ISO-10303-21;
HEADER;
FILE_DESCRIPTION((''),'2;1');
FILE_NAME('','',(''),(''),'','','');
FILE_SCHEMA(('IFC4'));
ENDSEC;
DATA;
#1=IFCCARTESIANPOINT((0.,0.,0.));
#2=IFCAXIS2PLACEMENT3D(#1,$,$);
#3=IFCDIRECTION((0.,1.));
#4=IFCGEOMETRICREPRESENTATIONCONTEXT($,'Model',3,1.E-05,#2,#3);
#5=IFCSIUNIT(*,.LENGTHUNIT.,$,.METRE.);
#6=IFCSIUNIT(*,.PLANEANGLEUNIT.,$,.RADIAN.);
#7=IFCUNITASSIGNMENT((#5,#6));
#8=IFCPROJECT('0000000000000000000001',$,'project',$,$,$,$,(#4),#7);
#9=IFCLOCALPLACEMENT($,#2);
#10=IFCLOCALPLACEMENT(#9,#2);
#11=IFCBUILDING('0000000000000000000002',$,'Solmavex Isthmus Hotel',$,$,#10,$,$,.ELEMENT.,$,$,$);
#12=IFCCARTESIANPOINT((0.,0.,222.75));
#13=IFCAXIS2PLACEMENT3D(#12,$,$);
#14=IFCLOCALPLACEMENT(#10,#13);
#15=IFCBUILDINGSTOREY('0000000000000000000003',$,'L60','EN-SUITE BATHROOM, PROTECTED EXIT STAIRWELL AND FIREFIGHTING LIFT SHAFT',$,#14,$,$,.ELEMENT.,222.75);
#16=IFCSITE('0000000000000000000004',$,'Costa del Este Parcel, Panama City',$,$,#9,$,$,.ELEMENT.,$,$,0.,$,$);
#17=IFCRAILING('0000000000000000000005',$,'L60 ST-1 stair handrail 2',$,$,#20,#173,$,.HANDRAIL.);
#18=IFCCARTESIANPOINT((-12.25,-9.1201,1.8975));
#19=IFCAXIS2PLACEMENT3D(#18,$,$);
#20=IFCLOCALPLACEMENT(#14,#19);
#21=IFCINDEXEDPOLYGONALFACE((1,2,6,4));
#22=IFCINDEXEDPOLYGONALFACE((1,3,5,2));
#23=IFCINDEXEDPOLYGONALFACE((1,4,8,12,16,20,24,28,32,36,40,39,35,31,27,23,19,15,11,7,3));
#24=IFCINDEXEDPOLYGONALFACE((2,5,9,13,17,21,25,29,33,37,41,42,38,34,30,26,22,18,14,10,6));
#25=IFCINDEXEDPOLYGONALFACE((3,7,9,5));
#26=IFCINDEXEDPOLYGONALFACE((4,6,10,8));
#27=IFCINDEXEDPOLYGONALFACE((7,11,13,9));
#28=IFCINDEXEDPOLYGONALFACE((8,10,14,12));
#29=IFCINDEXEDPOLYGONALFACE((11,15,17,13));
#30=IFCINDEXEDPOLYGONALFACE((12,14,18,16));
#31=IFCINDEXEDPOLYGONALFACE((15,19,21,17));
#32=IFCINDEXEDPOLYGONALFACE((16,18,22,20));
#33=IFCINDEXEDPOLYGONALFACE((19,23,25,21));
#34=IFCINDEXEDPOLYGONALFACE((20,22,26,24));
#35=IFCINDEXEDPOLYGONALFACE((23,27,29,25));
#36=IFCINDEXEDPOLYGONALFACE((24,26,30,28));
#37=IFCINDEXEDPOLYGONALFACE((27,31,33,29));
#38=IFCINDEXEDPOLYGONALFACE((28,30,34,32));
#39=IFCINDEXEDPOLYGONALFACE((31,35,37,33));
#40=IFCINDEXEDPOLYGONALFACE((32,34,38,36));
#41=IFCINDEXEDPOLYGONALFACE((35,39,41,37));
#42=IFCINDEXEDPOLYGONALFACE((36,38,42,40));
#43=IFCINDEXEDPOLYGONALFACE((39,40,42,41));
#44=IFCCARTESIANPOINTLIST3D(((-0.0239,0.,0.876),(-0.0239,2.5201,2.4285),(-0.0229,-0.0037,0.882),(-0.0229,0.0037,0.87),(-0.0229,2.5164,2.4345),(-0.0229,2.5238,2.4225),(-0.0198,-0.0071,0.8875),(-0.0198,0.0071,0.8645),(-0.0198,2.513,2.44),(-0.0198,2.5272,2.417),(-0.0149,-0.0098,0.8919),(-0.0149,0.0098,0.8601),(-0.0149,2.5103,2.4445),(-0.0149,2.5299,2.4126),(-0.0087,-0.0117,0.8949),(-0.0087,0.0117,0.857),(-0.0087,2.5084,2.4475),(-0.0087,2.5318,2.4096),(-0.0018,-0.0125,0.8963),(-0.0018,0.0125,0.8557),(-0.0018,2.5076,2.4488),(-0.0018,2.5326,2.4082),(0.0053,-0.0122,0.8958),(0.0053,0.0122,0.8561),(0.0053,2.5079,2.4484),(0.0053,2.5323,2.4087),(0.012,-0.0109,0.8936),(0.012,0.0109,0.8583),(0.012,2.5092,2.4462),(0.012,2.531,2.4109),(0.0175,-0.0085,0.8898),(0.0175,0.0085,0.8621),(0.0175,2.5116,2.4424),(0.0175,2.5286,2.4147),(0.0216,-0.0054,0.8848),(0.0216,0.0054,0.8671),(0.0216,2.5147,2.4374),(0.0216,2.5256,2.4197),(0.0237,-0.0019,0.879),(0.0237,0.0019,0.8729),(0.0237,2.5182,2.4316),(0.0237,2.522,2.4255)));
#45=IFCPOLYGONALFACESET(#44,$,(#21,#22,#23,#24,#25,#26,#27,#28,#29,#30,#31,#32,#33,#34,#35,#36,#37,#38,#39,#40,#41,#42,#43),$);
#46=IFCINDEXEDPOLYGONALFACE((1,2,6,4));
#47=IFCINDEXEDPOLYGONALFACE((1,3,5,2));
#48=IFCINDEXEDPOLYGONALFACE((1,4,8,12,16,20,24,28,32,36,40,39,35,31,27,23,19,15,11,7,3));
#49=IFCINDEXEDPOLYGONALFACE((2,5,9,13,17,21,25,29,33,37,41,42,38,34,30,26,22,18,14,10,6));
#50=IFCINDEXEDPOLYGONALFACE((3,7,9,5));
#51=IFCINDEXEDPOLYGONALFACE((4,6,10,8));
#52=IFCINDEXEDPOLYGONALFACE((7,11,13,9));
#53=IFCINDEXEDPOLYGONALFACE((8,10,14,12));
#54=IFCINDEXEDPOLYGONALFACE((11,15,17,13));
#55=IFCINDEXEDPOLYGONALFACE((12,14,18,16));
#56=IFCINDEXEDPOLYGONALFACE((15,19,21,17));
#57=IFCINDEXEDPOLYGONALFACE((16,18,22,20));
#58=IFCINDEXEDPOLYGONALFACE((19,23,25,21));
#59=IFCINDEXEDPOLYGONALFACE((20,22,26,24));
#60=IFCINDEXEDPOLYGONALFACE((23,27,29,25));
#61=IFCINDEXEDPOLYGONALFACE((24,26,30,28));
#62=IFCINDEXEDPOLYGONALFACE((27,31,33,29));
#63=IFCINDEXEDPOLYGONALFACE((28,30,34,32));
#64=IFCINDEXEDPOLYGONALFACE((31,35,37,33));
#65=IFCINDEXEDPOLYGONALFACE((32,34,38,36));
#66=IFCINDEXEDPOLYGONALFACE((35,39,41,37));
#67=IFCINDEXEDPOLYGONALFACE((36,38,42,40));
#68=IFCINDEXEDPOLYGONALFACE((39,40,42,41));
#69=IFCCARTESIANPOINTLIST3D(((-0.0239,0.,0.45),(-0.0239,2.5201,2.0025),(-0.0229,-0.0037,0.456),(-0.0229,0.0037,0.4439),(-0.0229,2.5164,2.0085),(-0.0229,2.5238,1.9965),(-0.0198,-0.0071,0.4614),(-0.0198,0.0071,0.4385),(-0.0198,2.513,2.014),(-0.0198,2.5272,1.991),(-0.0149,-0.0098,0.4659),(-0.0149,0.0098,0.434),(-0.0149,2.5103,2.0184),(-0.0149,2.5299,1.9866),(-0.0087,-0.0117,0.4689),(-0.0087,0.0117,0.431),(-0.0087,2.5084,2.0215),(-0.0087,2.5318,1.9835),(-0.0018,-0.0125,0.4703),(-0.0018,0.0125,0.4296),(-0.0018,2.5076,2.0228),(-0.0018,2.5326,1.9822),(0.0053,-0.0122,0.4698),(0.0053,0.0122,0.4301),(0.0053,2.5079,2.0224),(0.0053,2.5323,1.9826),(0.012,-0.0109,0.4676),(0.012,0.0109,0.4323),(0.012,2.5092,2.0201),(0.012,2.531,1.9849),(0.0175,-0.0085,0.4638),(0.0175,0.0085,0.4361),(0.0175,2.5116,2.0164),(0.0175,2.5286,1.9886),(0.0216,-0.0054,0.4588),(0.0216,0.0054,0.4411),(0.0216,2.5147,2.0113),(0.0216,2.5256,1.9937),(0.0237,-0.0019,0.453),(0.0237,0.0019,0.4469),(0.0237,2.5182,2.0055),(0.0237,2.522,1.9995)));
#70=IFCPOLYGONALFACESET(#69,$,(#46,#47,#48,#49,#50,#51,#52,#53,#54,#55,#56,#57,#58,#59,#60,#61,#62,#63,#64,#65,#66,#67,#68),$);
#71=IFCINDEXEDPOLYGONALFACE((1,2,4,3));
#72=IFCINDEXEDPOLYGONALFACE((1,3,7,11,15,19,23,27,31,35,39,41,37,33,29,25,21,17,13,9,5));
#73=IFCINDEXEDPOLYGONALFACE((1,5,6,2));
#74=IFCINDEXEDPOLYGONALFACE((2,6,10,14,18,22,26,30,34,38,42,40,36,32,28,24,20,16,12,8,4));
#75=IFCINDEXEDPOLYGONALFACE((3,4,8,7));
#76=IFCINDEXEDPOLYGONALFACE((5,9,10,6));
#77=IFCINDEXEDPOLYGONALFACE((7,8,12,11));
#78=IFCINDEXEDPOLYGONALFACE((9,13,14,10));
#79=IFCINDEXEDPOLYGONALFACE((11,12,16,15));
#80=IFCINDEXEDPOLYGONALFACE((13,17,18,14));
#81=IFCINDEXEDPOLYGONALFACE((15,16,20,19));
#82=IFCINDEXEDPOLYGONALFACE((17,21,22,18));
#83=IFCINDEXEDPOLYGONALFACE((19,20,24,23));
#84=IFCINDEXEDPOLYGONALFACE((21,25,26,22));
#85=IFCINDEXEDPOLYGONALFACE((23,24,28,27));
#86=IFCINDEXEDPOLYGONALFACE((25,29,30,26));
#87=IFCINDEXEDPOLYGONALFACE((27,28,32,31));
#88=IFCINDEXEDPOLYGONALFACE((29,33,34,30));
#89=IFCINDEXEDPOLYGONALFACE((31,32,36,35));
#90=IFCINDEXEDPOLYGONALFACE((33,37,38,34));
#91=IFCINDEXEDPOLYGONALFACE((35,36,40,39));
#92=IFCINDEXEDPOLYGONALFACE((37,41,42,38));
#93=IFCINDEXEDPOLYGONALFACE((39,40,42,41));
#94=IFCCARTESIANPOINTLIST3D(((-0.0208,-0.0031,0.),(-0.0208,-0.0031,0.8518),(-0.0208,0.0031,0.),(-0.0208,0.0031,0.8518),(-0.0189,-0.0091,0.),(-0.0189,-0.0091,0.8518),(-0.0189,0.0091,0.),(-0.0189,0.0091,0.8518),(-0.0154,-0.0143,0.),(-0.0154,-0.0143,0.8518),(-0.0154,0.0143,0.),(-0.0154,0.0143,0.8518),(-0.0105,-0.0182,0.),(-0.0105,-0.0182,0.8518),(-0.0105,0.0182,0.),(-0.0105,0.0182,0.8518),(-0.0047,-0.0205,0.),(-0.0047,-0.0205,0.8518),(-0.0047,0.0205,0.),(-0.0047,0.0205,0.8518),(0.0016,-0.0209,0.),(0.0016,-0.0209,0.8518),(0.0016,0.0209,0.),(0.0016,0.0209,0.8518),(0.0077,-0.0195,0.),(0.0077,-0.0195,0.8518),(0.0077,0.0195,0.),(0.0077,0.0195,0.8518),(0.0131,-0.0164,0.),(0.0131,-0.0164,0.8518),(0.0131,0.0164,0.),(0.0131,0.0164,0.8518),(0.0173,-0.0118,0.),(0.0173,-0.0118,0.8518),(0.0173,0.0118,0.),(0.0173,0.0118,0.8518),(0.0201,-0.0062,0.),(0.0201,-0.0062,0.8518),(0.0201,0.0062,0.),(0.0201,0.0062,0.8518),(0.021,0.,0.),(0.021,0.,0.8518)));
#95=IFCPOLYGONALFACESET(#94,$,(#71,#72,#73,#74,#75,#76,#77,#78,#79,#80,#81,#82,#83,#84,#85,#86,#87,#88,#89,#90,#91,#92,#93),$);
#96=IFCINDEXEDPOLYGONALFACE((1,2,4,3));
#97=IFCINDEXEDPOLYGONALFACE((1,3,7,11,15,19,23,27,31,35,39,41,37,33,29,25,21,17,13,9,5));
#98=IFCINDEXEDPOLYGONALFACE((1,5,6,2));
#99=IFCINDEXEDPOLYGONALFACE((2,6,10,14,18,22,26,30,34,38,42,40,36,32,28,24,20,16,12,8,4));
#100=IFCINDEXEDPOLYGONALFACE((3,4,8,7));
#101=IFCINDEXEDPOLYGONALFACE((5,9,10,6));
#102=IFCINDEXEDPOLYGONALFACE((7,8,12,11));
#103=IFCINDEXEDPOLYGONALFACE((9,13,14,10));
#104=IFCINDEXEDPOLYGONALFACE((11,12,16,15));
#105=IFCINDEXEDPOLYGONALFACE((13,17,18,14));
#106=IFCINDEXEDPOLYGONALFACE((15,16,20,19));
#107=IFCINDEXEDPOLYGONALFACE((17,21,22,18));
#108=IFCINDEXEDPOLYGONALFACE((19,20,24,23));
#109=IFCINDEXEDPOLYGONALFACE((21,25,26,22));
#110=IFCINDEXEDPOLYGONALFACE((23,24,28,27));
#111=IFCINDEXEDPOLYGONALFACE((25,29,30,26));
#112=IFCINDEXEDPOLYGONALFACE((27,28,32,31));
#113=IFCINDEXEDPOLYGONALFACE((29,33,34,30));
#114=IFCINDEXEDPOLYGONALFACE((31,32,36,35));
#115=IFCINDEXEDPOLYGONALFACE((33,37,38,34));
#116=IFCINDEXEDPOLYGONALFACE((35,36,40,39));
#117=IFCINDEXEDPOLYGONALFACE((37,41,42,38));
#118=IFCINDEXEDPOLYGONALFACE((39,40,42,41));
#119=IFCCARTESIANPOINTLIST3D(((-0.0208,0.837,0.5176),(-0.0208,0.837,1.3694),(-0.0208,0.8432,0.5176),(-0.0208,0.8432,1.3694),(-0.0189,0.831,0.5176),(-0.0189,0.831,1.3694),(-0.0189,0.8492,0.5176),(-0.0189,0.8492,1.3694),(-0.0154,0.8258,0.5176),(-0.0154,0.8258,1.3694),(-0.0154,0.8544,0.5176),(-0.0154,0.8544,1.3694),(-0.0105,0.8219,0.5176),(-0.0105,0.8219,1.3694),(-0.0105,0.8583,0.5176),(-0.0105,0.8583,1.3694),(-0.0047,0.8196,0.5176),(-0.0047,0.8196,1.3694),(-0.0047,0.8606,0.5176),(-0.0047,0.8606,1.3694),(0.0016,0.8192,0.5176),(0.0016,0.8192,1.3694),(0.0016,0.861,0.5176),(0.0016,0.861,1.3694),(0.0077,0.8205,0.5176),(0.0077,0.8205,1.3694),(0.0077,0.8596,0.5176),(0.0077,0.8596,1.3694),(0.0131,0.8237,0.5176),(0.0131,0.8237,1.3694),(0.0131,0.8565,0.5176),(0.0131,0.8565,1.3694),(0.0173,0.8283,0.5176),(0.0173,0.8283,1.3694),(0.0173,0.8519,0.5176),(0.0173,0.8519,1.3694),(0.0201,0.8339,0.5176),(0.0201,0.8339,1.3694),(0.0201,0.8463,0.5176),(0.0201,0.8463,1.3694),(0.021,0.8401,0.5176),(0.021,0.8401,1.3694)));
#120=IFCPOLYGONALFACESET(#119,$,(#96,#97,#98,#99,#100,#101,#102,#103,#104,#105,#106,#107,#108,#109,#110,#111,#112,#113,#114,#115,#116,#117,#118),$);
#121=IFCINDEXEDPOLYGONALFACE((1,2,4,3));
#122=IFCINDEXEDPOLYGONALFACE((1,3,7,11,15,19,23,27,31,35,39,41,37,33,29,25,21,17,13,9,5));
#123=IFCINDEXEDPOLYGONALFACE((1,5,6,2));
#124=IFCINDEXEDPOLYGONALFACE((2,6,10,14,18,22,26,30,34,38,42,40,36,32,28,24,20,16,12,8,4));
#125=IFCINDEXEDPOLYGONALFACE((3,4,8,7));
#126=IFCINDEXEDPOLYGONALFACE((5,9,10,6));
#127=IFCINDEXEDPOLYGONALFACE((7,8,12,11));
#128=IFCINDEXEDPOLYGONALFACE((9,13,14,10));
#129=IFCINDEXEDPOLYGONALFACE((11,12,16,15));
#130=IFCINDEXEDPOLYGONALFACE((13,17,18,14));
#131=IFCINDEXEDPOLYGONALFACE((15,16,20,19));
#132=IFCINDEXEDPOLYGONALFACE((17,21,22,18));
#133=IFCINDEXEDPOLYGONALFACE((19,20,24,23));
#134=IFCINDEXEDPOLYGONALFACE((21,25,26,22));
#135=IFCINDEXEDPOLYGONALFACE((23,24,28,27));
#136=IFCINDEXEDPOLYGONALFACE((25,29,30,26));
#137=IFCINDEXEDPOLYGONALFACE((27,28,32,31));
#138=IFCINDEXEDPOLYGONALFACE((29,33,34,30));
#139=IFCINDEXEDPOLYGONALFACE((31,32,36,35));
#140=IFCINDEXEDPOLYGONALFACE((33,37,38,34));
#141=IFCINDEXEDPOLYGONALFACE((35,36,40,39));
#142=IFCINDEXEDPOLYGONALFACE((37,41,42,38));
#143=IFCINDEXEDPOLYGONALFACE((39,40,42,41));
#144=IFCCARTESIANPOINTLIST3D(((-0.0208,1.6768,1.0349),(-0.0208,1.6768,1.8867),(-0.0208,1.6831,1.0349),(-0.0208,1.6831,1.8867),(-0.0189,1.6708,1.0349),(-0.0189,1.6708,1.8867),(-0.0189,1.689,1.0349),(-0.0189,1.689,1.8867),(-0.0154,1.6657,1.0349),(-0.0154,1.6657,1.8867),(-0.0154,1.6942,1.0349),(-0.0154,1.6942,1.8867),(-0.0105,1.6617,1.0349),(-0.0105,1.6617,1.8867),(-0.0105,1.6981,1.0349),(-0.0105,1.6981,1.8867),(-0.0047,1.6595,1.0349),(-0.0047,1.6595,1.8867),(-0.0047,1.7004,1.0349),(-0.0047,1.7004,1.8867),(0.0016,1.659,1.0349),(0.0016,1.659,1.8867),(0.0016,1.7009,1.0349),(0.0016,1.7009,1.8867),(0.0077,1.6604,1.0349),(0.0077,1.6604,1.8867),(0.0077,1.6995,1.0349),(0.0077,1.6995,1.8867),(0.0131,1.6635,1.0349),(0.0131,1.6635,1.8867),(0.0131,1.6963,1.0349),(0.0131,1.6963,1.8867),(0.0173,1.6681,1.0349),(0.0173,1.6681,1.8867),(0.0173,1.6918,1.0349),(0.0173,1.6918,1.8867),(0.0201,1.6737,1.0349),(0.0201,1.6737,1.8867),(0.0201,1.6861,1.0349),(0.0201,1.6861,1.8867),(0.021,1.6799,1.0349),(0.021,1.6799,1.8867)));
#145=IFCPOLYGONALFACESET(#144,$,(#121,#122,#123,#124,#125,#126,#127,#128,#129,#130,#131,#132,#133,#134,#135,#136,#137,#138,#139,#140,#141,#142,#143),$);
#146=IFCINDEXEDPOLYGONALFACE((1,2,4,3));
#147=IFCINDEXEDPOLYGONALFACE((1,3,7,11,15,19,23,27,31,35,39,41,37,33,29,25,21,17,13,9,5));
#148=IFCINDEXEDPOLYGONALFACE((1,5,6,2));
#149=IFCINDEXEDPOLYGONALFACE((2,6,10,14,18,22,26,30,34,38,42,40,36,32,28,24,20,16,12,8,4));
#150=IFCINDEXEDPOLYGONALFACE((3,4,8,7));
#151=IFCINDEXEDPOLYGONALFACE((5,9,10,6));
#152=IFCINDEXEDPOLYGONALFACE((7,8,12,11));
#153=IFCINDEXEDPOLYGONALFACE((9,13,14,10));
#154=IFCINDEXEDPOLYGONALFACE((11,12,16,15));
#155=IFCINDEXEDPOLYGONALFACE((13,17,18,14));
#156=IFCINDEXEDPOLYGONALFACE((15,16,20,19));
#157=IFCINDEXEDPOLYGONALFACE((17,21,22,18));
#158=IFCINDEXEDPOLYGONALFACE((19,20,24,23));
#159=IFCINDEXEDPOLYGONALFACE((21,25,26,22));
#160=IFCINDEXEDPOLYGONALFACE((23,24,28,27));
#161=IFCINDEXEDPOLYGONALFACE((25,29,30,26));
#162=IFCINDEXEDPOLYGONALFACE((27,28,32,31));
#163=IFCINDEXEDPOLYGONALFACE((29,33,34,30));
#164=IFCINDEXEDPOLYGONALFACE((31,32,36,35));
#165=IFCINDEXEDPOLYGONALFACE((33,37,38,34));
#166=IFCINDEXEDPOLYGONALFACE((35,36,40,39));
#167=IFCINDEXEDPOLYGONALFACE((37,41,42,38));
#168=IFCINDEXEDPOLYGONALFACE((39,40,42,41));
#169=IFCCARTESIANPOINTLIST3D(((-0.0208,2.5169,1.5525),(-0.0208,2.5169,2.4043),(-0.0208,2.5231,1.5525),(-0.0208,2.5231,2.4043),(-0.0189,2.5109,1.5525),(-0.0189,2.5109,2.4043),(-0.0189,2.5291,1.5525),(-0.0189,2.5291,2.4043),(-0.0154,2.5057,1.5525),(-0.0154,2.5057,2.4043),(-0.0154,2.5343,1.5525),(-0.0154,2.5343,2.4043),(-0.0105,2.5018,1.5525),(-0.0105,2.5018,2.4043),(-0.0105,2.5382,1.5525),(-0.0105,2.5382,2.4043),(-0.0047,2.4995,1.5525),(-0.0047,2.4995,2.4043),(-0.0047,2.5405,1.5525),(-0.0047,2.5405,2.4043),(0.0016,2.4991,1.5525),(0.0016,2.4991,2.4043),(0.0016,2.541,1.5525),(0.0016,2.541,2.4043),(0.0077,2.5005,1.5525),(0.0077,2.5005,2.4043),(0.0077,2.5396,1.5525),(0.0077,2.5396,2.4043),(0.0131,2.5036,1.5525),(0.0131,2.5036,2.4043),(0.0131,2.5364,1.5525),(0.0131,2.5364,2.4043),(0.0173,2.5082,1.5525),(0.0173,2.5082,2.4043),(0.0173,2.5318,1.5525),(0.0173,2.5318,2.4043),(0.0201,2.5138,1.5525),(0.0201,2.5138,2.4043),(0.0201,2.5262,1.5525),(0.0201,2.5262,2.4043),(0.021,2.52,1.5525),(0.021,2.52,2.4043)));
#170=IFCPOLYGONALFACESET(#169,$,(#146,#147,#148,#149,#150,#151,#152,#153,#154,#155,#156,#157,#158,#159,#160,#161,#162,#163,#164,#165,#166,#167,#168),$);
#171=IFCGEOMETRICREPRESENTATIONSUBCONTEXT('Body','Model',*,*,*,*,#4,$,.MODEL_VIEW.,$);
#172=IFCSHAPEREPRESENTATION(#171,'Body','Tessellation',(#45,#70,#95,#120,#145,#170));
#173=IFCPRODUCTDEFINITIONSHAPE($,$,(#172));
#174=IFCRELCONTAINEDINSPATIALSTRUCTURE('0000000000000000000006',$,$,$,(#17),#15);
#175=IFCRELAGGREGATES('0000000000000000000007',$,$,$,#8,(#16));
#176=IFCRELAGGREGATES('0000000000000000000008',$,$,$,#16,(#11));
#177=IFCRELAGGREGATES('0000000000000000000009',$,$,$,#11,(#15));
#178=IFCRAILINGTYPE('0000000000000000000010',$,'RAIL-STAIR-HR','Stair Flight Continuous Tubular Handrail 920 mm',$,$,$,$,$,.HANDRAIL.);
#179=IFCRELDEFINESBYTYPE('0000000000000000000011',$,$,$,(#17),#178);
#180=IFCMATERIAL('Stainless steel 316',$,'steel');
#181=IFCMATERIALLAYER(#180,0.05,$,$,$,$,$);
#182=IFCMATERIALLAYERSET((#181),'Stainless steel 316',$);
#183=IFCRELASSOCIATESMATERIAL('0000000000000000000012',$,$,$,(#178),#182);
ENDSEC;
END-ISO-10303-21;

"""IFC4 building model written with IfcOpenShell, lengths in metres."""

from ifc_helpers import new_model, si_unit, direction, frame, origin, origin_2d, place, context, subcontext, project, spatial, circle, extrude, material, layer, layer_set, type_object, element, save


model = new_model("IFC4")

# Units and contexts
model_context = context("Model", 3, precision=1e-05, world=origin(), true_north=direction((0.0, 1.0)))
body_context = subcontext(model_context, "Body", "Model", "MODEL_VIEW")
ifc_project = project(units=[si_unit("LENGTHUNIT", "METRE"), si_unit("PLANEANGLEUNIT", "RADIAN")], contexts=[model_context])

# Site, building, storey
site_placement = place(None, origin())
site = spatial("IfcSite", under=ifc_project, at=site_placement, Name="Costa del Este Parcel, Panama City", CompositionType="ELEMENT", RefElevation=0.0)
building_placement = place(site_placement, origin())
building = spatial("IfcBuilding", under=site, at=building_placement, Name="Solmavex Isthmus Hotel", CompositionType="ELEMENT")
storey_placement = place(building_placement, frame((0.0, 0.0, 222.75)))
storey = spatial("IfcBuildingStorey", under=building, at=storey_placement, Name="L60", Description="EN-SUITE BATHROOM, PROTECTED EXIT STAIRWELL AND FIREFIGHTING LIFT SHAFT", CompositionType="ELEMENT", Elevation=222.75)

# Railing
ifc_material_1 = material(Name="Stainless steel 316", Category="steel")
ifc_layer_1 = layer(ifc_material_1, 0.05)
ifc_layer_set_1 = layer_set([ifc_layer_1], Name="Stainless steel 316")
railing_type_1 = type_object("IfcRailingType", Name="RAIL-STAIR-HR", Description="Stair Flight Continuous Tubular Handrail 920 mm", PredefinedType="HANDRAIL", material=ifc_layer_set_1)
railing_1_placement = place(storey_placement, frame((-12.25, -9.1201, 1.8975)))
element("IfcRailing", 1, at=railing_1_placement, inside=storey, type_object=railing_type_1, Name="L60 ST-1 stair handrail 2", PredefinedType="HANDRAIL", context=body_context, shape_type="SweptSolid", body=[
    extrude(circle(Radius=0.0239, at=origin_2d()), frame((0.0, 0.0, 0.876), z_axis=(0.0, 0.8514, 0.524516), x_axis=(-1.0, 0.0, 0.0)), (0.0, 0.0, 1.0), 2.96),
    extrude(circle(Radius=0.0239, at=origin_2d()), frame((0.0, 0.0, 0.45), z_axis=(0.0, 0.8514, 0.524516), x_axis=(-1.0, 0.0, 0.0)), (0.0, 0.0, 1.0), 2.96),
    extrude(circle(Radius=0.021, at=origin_2d()), origin(), (0.0, 0.0, 1.0), 0.8518),
    extrude(circle(Radius=0.021, at=origin_2d()), frame((0.0, 0.8401, 0.5176)), (0.0, 0.0, 1.0), 0.8518),
    extrude(circle(Radius=0.021, at=origin_2d()), frame((0.0, 1.6799, 1.0349)), (0.0, 0.0, 1.0), 0.8518),
    extrude(circle(Radius=0.021, at=origin_2d()), frame((0.0, 2.52, 1.5525)), (0.0, 0.0, 1.0), 0.8518),
])

save(model, "model.ifc")
